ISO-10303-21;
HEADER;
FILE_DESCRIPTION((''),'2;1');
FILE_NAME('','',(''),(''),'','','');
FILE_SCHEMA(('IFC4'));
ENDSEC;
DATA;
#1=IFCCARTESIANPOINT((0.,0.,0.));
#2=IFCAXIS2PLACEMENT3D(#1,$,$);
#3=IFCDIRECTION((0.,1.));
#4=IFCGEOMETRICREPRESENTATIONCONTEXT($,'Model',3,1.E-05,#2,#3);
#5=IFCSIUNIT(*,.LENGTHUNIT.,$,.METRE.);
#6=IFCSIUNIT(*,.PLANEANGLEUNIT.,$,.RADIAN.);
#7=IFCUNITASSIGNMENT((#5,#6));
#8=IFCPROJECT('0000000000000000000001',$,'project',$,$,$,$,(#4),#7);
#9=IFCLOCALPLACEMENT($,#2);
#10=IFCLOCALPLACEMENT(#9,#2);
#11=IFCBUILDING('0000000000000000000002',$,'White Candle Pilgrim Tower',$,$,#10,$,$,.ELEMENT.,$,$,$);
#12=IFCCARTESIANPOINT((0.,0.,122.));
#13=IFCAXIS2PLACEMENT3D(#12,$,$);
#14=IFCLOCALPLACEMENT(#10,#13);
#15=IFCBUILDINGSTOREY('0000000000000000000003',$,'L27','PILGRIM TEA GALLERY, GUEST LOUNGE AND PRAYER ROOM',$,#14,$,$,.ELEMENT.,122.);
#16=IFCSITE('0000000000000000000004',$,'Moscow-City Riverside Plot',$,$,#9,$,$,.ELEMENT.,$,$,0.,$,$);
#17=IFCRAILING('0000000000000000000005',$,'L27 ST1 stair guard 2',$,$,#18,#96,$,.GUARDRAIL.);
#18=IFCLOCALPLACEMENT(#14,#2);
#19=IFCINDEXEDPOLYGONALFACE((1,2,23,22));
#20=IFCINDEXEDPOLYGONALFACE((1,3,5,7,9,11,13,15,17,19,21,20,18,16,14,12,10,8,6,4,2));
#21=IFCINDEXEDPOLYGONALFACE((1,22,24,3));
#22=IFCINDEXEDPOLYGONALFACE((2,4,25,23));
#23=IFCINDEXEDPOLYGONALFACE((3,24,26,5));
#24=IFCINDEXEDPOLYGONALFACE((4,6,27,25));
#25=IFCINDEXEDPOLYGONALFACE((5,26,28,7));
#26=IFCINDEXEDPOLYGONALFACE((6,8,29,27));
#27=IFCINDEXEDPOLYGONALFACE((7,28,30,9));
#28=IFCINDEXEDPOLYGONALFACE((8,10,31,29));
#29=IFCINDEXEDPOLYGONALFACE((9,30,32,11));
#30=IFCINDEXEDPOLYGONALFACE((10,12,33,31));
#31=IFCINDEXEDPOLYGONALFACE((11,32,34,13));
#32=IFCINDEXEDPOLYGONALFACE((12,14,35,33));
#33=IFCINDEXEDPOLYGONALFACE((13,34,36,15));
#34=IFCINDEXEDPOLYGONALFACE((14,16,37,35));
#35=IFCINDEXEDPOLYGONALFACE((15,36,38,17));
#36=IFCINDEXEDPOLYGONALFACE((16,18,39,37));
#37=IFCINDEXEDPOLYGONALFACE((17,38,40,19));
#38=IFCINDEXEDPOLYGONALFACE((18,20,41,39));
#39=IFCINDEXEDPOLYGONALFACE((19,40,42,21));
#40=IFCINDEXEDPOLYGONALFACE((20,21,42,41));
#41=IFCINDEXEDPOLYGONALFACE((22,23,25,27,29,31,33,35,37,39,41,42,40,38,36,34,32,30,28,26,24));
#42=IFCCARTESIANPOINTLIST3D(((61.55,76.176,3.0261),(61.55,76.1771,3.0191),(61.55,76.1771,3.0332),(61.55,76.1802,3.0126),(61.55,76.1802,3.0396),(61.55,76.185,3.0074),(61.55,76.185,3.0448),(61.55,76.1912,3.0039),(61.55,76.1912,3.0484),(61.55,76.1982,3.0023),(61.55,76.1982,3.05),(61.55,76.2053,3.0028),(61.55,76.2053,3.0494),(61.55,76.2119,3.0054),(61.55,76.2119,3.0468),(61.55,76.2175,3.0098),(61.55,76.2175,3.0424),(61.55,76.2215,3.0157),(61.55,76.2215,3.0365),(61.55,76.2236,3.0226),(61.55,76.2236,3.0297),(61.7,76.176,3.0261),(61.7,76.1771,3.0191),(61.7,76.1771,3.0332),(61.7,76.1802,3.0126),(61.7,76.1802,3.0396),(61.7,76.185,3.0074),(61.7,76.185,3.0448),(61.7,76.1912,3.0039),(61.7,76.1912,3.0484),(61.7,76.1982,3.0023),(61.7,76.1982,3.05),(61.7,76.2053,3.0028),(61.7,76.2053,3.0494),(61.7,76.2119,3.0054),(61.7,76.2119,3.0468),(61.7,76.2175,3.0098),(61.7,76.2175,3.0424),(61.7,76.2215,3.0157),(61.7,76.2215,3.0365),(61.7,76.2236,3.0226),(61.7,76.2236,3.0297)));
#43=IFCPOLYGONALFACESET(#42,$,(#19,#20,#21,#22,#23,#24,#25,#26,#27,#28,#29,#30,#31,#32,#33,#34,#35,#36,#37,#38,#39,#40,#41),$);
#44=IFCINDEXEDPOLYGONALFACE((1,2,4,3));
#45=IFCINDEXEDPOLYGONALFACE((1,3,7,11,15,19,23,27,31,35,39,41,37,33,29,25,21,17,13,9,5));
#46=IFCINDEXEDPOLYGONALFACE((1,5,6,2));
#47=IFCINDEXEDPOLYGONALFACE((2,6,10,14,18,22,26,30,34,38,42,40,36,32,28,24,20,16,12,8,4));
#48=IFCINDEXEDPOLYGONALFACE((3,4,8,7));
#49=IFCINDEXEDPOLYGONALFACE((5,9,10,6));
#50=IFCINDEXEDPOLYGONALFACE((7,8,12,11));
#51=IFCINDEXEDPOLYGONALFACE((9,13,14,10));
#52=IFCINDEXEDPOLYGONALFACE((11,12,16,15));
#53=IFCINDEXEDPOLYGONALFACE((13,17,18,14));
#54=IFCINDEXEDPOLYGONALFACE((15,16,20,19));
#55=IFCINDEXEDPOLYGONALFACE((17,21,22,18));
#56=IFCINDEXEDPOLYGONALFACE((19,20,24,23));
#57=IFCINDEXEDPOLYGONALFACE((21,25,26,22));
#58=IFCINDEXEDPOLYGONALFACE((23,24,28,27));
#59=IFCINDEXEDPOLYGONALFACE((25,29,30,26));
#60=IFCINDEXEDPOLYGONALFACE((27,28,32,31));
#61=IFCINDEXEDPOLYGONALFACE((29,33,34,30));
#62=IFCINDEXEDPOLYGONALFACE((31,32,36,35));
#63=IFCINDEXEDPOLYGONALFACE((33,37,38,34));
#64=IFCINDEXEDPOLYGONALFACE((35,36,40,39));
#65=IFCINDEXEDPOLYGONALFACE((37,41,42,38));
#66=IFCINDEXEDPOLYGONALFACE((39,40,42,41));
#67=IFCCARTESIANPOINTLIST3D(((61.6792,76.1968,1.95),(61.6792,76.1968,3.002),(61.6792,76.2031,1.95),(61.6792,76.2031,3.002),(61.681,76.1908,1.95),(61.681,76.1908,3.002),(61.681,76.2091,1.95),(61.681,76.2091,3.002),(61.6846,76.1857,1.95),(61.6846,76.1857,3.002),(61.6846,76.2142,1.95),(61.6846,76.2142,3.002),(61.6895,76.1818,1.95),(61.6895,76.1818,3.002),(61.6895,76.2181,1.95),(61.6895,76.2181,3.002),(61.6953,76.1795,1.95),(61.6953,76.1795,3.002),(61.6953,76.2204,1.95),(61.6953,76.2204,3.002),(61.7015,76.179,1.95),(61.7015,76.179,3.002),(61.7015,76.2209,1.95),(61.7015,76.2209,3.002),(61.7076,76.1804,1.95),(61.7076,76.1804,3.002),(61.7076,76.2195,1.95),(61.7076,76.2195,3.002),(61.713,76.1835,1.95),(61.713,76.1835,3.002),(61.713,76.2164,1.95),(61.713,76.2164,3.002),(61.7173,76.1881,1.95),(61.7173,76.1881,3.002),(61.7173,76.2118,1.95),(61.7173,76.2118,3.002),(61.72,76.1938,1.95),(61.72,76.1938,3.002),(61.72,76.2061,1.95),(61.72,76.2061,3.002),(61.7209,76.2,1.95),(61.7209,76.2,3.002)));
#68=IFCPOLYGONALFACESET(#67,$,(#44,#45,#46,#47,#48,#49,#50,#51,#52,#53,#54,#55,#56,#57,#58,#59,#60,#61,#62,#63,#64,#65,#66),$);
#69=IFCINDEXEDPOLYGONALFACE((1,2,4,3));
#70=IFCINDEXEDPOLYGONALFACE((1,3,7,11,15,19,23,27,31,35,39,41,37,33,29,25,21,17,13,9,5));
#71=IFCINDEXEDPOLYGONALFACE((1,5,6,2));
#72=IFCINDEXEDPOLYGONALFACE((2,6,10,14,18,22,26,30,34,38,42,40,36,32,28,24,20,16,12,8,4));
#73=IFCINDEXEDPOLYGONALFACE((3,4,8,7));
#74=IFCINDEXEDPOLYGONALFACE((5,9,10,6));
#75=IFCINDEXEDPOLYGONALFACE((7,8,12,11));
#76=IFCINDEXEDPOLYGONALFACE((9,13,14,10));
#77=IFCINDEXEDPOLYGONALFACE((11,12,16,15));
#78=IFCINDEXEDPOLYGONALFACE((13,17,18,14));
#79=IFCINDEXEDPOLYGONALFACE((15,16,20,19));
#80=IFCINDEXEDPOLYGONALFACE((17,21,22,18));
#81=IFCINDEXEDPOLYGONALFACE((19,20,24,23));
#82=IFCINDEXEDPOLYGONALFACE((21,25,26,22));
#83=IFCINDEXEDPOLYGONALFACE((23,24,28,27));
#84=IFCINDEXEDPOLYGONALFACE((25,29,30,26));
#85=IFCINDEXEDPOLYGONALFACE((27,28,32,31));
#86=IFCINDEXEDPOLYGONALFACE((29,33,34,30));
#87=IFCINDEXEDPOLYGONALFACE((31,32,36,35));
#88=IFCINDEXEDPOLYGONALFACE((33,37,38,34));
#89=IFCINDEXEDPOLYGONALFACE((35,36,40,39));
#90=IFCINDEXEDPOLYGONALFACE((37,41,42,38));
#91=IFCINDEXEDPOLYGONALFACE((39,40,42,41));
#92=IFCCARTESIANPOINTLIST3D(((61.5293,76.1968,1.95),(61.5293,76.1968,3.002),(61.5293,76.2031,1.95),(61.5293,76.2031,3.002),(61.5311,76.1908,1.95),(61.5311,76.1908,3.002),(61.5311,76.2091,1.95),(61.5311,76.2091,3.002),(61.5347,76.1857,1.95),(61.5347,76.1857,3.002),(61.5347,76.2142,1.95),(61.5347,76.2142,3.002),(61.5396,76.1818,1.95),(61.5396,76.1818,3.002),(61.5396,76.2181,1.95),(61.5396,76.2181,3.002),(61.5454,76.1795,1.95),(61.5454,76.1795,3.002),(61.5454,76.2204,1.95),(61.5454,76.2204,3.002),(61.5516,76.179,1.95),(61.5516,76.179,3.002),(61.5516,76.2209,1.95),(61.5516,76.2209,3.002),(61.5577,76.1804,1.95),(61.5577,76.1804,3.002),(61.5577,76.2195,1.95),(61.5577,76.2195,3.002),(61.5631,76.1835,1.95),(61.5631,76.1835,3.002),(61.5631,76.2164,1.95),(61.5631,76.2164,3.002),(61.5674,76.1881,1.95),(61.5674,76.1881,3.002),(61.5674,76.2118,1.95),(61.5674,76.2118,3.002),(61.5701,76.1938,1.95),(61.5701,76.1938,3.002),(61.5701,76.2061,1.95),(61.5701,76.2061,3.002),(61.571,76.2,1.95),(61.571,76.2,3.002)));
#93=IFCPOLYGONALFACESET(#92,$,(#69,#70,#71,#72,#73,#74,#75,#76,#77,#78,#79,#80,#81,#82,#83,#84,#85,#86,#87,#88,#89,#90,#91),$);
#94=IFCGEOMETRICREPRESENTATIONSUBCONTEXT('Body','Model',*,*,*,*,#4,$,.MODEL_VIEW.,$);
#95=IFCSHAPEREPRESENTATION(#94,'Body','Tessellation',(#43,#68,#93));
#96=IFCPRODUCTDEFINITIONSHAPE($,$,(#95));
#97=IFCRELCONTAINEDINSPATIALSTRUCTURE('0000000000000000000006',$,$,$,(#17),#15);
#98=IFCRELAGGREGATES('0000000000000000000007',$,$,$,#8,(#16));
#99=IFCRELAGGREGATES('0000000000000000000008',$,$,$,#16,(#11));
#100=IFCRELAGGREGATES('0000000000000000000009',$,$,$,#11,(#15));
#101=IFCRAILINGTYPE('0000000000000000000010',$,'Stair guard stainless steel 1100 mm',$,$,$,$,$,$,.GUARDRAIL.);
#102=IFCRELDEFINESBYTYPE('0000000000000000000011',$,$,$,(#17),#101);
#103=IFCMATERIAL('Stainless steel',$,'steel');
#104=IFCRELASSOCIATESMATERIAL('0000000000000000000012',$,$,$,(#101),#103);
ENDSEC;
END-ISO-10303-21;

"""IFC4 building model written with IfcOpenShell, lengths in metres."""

from ifc_helpers import new_model, si_unit, direction, frame, origin, origin_2d, place, context, subcontext, project, spatial, circle, extrude, material, type_object, element, save


model = new_model("IFC4")

# Units and contexts
model_context = context("Model", 3, precision=1e-05, world=origin(), true_north=direction((0.0, 1.0)))
body_context = subcontext(model_context, "Body", "Model", "MODEL_VIEW")
ifc_project = project(units=[si_unit("LENGTHUNIT", "METRE"), si_unit("PLANEANGLEUNIT", "RADIAN")], contexts=[model_context])

# Site, building, storey
site_placement = place(None, origin())
site = spatial("IfcSite", under=ifc_project, at=site_placement, Name="Moscow-City Riverside Plot", CompositionType="ELEMENT", RefElevation=0.0)
building_placement = place(site_placement, origin())
building = spatial("IfcBuilding", under=site, at=building_placement, Name="White Candle Pilgrim Tower", CompositionType="ELEMENT")
storey_placement = place(building_placement, frame((0.0, 0.0, 122.0)))
storey = spatial("IfcBuildingStorey", under=building, at=storey_placement, Name="L27", Description="PILGRIM TEA GALLERY, GUEST LOUNGE AND PRAYER ROOM", CompositionType="ELEMENT", Elevation=122.0)

# Shared definitions
ifc_material_1 = material(Name="Stainless steel", Category="steel")

# Railing
railing_type_1 = type_object("IfcRailingType", Name="Stair guard stainless steel 1100 mm", PredefinedType="GUARDRAIL", material=ifc_material_1)
railing_1_placement = place(storey_placement, frame((61.7, 76.2, 1.95)))
element("IfcRailing", 1, at=railing_1_placement, inside=storey, type_object=railing_type_1, Name="L27 ST1 stair guard 2", PredefinedType="GUARDRAIL", context=body_context, shape_type="SweptSolid", body=[
    extrude(circle(Radius=0.0239, at=origin_2d()), frame((0.0, 0.0, 1.0762), z_axis=(-1.0, 0.0, 0.0), x_axis=(0.0, -1.0, 0.0)), (0.0, 0.0, 1.0), 0.1499),
    extrude(circle(Radius=0.021, at=origin_2d()), origin(), (0.0, 0.0, 1.0), 1.052),
    extrude(circle(Radius=0.021, at=origin_2d()), frame((-0.1499, 0.0, 0.0)), (0.0, 0.0, 1.0), 1.052),
])

save(model, "model.ifc")
